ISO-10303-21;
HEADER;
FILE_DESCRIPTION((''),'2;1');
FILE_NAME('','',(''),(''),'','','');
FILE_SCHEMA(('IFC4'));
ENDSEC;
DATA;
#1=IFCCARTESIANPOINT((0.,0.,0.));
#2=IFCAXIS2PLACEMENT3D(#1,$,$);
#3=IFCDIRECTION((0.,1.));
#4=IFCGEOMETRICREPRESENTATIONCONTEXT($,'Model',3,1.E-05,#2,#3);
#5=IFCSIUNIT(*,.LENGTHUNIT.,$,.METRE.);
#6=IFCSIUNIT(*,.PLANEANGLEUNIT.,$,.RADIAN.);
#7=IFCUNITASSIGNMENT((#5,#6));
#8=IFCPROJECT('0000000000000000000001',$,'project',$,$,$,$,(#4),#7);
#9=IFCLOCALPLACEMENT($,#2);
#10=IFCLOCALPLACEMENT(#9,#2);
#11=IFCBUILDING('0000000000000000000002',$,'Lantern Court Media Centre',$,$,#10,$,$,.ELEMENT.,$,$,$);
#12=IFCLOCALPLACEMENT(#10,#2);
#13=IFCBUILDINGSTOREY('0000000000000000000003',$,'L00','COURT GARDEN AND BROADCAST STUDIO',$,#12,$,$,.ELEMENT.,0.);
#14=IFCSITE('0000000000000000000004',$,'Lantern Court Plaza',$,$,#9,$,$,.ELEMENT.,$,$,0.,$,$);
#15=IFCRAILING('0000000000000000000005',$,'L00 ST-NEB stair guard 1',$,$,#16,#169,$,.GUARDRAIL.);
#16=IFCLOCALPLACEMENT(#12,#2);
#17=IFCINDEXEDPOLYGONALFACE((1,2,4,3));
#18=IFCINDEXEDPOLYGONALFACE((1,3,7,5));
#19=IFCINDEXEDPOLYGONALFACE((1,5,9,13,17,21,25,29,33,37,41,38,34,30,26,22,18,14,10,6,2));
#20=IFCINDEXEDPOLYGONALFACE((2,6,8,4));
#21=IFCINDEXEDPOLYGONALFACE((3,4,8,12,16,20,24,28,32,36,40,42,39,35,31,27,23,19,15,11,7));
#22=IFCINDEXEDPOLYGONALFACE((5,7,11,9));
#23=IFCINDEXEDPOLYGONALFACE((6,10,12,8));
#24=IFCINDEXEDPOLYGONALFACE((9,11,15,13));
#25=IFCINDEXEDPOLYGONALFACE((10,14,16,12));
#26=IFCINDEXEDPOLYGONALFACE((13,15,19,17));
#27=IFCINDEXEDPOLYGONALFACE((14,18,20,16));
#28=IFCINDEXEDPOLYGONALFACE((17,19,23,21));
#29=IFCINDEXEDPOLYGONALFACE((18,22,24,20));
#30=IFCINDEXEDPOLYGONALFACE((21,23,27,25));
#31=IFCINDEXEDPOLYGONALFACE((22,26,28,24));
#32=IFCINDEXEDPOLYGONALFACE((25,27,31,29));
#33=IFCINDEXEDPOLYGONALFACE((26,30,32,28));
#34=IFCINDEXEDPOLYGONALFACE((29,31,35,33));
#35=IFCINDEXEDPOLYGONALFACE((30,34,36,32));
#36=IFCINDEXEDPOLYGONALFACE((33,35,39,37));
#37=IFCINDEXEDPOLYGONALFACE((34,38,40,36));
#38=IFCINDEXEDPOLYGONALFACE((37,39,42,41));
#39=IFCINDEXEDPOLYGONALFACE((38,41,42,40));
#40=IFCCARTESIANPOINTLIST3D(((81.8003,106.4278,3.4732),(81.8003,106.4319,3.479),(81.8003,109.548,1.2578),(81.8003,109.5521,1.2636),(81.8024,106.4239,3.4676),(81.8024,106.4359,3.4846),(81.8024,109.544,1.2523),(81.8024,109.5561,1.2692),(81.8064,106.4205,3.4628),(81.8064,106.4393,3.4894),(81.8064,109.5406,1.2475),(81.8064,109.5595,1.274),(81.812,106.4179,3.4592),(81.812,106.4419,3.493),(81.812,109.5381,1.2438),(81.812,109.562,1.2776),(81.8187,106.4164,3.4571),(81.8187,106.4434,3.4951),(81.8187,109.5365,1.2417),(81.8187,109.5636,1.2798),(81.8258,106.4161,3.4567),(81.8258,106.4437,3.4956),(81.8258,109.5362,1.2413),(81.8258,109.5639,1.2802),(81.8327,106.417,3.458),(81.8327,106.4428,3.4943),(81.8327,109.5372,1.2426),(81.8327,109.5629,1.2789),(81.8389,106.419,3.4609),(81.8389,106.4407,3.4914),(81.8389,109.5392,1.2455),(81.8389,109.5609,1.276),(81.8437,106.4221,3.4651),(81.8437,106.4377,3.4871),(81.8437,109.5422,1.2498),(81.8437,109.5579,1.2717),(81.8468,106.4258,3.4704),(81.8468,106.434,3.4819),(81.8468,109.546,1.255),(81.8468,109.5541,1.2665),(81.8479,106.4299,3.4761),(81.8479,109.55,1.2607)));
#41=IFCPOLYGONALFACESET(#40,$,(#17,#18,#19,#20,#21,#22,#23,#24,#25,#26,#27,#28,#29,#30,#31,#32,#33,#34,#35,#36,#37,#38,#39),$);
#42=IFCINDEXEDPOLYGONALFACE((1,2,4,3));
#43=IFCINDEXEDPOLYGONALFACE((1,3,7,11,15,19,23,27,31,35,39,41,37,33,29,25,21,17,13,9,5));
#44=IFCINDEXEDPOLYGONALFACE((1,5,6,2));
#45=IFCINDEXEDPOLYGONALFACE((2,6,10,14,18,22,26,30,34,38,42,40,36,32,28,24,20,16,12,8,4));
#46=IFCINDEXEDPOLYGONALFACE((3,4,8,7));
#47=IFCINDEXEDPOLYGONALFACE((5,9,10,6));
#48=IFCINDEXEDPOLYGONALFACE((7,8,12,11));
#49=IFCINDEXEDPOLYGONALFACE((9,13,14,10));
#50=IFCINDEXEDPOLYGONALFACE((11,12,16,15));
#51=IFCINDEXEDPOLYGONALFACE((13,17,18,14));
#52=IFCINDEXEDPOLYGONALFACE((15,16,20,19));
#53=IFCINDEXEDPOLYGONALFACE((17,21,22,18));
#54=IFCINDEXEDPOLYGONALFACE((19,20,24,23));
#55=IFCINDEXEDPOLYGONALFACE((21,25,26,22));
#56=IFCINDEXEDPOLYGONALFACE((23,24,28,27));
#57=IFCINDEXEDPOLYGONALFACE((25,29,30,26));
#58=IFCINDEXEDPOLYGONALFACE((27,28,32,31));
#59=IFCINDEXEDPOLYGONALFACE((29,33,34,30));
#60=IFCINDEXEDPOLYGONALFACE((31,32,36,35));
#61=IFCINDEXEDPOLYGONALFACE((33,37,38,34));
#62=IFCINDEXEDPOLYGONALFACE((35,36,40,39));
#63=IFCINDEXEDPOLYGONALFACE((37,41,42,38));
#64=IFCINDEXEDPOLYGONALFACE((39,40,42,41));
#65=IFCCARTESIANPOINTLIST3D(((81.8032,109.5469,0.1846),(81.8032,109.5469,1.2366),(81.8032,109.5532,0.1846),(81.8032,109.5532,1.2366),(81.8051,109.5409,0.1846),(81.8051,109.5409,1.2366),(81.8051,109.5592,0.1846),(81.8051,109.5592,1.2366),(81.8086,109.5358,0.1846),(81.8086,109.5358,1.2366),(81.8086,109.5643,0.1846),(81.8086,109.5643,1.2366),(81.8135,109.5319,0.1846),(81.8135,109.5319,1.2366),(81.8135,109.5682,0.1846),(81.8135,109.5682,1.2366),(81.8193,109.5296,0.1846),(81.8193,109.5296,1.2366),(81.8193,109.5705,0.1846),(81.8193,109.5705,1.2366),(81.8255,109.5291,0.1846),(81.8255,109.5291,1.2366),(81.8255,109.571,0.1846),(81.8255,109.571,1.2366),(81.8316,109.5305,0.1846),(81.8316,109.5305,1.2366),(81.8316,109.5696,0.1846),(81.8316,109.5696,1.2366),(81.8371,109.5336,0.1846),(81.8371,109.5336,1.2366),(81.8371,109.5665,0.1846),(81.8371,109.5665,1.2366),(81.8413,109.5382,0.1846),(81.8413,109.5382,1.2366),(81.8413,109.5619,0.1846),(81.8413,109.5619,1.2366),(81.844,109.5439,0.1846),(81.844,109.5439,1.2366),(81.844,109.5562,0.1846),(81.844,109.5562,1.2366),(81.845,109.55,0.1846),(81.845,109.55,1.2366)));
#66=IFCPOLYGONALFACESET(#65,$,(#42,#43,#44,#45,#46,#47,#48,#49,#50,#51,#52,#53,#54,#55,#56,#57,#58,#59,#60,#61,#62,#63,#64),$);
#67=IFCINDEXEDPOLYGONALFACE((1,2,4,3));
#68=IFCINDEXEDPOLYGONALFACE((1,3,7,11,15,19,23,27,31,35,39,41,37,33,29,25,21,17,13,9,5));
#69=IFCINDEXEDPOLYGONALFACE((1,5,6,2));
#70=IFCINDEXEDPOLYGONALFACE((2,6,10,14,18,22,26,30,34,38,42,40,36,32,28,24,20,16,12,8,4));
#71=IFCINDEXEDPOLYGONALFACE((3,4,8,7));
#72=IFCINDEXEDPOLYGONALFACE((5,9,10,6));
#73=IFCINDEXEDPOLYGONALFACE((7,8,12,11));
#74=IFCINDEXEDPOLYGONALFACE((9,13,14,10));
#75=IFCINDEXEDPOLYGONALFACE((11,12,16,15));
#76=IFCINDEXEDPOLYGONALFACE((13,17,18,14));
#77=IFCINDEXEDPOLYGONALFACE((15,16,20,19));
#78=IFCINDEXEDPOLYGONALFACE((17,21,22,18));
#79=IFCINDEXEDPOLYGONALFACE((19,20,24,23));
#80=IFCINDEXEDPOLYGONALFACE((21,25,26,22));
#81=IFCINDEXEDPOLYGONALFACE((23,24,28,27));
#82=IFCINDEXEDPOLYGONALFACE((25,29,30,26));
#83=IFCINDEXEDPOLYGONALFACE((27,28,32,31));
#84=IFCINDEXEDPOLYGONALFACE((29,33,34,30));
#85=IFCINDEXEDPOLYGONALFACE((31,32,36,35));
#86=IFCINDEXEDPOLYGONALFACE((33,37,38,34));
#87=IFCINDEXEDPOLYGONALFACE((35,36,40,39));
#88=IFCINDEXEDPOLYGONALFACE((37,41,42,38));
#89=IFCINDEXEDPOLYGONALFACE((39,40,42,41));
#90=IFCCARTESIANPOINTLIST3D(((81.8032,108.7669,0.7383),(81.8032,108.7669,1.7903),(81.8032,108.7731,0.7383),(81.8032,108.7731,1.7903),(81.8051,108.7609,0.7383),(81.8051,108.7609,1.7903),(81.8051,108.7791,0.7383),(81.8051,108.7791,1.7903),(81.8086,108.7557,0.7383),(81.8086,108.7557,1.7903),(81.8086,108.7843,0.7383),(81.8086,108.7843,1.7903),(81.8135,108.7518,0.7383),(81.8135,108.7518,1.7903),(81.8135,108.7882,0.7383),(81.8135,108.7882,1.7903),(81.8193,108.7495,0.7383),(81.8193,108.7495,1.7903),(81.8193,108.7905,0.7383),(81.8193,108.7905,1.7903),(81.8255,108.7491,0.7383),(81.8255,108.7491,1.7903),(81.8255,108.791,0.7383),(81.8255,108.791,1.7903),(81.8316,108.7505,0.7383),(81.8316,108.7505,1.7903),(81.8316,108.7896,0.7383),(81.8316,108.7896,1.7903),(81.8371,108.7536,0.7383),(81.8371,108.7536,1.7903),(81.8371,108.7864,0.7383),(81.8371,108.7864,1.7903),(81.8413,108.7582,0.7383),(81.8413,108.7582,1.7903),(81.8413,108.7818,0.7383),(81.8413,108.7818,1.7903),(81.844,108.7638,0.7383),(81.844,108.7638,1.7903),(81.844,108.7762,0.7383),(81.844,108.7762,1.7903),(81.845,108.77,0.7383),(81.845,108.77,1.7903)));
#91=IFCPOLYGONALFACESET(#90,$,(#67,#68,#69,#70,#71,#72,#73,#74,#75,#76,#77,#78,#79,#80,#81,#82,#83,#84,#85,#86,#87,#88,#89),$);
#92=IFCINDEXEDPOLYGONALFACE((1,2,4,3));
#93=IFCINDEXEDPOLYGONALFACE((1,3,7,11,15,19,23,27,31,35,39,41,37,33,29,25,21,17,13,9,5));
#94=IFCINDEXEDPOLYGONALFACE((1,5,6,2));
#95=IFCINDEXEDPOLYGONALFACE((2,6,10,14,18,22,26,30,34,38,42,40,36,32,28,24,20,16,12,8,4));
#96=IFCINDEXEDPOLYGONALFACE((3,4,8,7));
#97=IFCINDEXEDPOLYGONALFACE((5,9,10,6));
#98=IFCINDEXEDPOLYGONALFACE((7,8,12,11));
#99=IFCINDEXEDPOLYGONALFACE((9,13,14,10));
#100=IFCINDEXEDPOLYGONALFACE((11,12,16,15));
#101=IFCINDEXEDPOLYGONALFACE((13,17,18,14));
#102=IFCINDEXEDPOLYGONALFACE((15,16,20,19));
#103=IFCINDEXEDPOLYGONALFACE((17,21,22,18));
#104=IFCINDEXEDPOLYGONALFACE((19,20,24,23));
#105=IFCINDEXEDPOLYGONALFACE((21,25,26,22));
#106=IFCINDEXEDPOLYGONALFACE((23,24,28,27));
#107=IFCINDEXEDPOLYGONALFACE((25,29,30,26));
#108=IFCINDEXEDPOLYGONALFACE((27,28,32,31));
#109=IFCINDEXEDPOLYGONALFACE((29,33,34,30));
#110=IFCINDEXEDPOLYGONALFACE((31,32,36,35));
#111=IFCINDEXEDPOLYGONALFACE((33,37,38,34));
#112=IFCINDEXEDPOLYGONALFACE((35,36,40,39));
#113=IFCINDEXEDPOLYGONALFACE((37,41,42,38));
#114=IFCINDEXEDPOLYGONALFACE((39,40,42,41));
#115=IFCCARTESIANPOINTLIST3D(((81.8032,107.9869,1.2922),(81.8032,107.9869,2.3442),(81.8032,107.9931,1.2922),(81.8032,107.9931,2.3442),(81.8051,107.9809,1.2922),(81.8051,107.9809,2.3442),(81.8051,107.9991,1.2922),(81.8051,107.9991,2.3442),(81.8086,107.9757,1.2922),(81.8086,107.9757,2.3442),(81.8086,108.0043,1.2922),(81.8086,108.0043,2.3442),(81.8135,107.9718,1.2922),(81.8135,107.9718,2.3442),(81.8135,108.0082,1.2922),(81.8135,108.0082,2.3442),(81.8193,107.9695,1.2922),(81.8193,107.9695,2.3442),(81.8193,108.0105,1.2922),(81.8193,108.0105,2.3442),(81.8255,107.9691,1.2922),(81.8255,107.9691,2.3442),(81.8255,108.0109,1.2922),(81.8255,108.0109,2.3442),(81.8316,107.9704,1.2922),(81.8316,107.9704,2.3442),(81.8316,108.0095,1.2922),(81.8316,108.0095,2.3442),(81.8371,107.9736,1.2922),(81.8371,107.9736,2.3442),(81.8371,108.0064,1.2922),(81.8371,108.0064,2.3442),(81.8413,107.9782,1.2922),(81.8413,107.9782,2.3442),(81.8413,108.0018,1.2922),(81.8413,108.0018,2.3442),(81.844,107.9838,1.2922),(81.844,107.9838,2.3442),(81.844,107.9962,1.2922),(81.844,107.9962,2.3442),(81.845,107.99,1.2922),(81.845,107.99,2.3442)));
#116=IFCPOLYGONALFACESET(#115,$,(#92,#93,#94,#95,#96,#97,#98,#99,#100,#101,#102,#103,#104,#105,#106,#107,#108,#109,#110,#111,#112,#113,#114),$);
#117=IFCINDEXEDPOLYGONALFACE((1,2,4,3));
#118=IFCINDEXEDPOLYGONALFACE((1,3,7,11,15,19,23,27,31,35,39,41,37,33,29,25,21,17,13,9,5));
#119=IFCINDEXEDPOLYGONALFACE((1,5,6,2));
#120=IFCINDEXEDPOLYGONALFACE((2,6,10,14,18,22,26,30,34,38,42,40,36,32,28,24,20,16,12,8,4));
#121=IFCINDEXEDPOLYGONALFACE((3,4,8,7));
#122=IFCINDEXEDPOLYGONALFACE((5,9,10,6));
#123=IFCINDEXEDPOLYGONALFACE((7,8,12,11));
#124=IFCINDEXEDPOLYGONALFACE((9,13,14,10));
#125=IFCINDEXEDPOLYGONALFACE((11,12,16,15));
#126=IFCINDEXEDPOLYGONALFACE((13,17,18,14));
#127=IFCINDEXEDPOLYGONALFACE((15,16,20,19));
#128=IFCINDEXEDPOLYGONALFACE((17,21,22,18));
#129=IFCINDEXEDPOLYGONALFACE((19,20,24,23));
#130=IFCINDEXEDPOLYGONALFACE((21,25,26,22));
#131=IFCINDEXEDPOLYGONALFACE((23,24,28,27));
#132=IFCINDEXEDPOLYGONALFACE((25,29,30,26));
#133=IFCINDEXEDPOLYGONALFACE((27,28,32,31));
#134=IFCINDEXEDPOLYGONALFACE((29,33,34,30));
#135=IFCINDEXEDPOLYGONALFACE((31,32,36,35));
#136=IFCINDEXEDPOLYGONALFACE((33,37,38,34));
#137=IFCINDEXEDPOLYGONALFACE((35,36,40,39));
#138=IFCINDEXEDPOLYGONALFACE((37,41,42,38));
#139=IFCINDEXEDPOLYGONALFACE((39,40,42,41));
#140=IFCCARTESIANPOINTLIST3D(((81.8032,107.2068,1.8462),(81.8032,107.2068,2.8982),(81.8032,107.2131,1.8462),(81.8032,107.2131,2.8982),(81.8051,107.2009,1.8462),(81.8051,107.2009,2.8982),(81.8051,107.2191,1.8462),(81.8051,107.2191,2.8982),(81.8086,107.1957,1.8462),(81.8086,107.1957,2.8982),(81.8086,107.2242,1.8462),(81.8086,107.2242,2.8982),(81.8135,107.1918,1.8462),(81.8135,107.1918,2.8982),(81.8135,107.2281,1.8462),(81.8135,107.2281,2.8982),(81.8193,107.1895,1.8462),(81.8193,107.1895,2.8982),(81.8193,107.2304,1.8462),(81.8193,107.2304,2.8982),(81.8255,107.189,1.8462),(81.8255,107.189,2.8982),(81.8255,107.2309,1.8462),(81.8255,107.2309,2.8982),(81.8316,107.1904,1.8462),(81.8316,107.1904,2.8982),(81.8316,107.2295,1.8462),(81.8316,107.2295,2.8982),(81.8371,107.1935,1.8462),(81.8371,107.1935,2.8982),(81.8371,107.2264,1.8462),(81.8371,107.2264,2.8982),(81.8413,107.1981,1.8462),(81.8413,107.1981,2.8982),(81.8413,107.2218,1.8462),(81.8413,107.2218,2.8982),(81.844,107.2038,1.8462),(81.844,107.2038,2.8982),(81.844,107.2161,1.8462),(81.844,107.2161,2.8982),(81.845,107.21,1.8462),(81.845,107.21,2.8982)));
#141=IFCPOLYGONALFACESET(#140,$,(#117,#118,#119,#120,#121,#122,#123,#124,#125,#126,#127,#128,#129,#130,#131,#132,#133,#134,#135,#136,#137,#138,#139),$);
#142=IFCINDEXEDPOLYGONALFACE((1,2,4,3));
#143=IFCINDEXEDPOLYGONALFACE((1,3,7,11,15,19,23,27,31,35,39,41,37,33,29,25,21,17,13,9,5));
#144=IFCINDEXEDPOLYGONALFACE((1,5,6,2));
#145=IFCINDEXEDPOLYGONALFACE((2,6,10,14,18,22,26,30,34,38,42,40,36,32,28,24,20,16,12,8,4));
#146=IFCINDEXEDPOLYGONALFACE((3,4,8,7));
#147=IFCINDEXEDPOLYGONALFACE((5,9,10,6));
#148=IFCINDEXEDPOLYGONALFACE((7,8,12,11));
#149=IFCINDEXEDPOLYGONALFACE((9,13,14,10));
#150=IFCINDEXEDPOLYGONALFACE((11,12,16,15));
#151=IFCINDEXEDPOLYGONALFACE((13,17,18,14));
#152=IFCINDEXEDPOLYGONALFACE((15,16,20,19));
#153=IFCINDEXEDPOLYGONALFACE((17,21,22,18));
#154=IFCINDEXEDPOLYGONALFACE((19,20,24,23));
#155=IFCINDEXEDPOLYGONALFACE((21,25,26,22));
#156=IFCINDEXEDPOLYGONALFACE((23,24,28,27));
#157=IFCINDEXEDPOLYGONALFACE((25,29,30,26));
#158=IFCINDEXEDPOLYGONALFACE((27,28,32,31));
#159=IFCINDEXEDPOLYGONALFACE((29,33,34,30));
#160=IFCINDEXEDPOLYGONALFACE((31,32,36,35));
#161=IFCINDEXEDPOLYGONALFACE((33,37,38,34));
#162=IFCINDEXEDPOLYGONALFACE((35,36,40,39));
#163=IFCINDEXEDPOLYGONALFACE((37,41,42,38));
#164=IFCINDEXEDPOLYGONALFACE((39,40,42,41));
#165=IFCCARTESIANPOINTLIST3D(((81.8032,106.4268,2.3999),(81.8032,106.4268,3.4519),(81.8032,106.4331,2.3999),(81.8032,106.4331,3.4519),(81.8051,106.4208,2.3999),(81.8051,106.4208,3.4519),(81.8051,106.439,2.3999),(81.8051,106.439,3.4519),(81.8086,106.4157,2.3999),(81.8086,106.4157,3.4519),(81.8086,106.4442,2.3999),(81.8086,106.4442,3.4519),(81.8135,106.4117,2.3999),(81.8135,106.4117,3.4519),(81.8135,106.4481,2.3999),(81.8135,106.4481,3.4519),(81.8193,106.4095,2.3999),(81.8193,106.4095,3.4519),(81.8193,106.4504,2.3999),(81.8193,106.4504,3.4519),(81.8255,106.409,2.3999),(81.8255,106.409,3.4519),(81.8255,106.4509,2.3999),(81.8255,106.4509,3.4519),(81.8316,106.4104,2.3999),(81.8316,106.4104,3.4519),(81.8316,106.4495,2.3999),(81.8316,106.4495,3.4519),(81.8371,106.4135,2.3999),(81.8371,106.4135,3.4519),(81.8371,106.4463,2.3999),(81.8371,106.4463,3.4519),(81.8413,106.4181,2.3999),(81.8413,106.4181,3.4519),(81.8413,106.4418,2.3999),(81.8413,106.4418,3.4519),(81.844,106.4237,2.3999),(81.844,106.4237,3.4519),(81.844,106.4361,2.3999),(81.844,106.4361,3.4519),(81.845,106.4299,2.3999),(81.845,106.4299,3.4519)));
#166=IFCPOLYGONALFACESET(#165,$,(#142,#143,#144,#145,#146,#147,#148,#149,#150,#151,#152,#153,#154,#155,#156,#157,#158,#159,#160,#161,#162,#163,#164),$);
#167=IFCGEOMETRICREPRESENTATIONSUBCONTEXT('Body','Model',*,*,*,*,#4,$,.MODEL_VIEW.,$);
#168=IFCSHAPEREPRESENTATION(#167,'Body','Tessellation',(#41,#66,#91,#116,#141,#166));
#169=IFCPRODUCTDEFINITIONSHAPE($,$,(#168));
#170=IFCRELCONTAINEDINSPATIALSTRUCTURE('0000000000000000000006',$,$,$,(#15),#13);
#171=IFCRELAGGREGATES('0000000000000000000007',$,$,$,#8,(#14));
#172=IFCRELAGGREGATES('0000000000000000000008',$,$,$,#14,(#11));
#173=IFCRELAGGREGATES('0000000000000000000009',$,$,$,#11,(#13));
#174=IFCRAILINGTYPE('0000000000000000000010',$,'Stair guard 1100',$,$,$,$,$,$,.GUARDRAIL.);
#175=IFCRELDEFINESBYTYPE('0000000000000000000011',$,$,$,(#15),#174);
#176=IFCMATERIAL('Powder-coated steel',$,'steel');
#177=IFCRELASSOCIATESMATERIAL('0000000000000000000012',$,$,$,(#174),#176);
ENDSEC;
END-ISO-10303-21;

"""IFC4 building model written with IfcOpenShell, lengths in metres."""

from ifc_helpers import new_model, si_unit, direction, frame, origin, origin_2d, place, context, subcontext, project, spatial, circle, extrude, material, type_object, element, save


model = new_model("IFC4")

# Units and contexts
model_context = context("Model", 3, precision=1e-05, world=origin(), true_north=direction((0.0, 1.0)))
body_context = subcontext(model_context, "Body", "Model", "MODEL_VIEW")
ifc_project = project(units=[si_unit("LENGTHUNIT", "METRE"), si_unit("PLANEANGLEUNIT", "RADIAN")], contexts=[model_context])

# Site, building, storey
site_placement = place(None, origin())
site = spatial("IfcSite", under=ifc_project, at=site_placement, Name="Lantern Court Plaza", CompositionType="ELEMENT", RefElevation=0.0)
building_placement = place(site_placement, origin())
building = spatial("IfcBuilding", under=site, at=building_placement, Name="Lantern Court Media Centre", CompositionType="ELEMENT")
storey_placement = place(building_placement, origin())
storey = spatial("IfcBuildingStorey", under=building, at=storey_placement, Name="L00", Description="COURT GARDEN AND BROADCAST STUDIO", CompositionType="ELEMENT", Elevation=0.0)

# Railing
ifc_material_1 = material(Name="Powder-coated steel", Category="steel")
railing_type_1 = type_object("IfcRailingType", Name="Stair guard 1100", PredefinedType="GUARDRAIL", material=ifc_material_1)
railing_1_placement = place(storey_placement, frame((81.824, 109.55, 0.1846)))
element("IfcRailing", 1, at=railing_1_placement, inside=storey, type_object=railing_type_1, Name="L00 ST-NEB stair guard 1", PredefinedType="GUARDRAIL", context=body_context, shape_type="SweptSolid", body=[
    extrude(circle(Radius=0.0239, at=origin_2d()), frame((0.0, 0.0, 1.0762), z_axis=(0.0, -0.815377, 0.57893), x_axis=(1.0, 0.0, 0.0)), (0.0, 0.0, 1.0), 3.8267),
    extrude(circle(Radius=0.021, at=origin_2d()), origin(), (0.0, 0.0, 1.0), 1.052),
    extrude(circle(Radius=0.021, at=origin_2d()), frame((0.0, -0.78, 0.5537)), (0.0, 0.0, 1.0), 1.052),
    extrude(circle(Radius=0.021, at=origin_2d()), frame((0.0, -1.5601, 1.1077)), (0.0, 0.0, 1.0), 1.052),
    extrude(circle(Radius=0.021, at=origin_2d()), frame((0.0, -2.3401, 1.6616)), (0.0, 0.0, 1.0), 1.052),
    extrude(circle(Radius=0.021, at=origin_2d()), frame((0.0, -3.1201, 2.2153)), (0.0, 0.0, 1.0), 1.052),
])

save(model, "model.ifc")
